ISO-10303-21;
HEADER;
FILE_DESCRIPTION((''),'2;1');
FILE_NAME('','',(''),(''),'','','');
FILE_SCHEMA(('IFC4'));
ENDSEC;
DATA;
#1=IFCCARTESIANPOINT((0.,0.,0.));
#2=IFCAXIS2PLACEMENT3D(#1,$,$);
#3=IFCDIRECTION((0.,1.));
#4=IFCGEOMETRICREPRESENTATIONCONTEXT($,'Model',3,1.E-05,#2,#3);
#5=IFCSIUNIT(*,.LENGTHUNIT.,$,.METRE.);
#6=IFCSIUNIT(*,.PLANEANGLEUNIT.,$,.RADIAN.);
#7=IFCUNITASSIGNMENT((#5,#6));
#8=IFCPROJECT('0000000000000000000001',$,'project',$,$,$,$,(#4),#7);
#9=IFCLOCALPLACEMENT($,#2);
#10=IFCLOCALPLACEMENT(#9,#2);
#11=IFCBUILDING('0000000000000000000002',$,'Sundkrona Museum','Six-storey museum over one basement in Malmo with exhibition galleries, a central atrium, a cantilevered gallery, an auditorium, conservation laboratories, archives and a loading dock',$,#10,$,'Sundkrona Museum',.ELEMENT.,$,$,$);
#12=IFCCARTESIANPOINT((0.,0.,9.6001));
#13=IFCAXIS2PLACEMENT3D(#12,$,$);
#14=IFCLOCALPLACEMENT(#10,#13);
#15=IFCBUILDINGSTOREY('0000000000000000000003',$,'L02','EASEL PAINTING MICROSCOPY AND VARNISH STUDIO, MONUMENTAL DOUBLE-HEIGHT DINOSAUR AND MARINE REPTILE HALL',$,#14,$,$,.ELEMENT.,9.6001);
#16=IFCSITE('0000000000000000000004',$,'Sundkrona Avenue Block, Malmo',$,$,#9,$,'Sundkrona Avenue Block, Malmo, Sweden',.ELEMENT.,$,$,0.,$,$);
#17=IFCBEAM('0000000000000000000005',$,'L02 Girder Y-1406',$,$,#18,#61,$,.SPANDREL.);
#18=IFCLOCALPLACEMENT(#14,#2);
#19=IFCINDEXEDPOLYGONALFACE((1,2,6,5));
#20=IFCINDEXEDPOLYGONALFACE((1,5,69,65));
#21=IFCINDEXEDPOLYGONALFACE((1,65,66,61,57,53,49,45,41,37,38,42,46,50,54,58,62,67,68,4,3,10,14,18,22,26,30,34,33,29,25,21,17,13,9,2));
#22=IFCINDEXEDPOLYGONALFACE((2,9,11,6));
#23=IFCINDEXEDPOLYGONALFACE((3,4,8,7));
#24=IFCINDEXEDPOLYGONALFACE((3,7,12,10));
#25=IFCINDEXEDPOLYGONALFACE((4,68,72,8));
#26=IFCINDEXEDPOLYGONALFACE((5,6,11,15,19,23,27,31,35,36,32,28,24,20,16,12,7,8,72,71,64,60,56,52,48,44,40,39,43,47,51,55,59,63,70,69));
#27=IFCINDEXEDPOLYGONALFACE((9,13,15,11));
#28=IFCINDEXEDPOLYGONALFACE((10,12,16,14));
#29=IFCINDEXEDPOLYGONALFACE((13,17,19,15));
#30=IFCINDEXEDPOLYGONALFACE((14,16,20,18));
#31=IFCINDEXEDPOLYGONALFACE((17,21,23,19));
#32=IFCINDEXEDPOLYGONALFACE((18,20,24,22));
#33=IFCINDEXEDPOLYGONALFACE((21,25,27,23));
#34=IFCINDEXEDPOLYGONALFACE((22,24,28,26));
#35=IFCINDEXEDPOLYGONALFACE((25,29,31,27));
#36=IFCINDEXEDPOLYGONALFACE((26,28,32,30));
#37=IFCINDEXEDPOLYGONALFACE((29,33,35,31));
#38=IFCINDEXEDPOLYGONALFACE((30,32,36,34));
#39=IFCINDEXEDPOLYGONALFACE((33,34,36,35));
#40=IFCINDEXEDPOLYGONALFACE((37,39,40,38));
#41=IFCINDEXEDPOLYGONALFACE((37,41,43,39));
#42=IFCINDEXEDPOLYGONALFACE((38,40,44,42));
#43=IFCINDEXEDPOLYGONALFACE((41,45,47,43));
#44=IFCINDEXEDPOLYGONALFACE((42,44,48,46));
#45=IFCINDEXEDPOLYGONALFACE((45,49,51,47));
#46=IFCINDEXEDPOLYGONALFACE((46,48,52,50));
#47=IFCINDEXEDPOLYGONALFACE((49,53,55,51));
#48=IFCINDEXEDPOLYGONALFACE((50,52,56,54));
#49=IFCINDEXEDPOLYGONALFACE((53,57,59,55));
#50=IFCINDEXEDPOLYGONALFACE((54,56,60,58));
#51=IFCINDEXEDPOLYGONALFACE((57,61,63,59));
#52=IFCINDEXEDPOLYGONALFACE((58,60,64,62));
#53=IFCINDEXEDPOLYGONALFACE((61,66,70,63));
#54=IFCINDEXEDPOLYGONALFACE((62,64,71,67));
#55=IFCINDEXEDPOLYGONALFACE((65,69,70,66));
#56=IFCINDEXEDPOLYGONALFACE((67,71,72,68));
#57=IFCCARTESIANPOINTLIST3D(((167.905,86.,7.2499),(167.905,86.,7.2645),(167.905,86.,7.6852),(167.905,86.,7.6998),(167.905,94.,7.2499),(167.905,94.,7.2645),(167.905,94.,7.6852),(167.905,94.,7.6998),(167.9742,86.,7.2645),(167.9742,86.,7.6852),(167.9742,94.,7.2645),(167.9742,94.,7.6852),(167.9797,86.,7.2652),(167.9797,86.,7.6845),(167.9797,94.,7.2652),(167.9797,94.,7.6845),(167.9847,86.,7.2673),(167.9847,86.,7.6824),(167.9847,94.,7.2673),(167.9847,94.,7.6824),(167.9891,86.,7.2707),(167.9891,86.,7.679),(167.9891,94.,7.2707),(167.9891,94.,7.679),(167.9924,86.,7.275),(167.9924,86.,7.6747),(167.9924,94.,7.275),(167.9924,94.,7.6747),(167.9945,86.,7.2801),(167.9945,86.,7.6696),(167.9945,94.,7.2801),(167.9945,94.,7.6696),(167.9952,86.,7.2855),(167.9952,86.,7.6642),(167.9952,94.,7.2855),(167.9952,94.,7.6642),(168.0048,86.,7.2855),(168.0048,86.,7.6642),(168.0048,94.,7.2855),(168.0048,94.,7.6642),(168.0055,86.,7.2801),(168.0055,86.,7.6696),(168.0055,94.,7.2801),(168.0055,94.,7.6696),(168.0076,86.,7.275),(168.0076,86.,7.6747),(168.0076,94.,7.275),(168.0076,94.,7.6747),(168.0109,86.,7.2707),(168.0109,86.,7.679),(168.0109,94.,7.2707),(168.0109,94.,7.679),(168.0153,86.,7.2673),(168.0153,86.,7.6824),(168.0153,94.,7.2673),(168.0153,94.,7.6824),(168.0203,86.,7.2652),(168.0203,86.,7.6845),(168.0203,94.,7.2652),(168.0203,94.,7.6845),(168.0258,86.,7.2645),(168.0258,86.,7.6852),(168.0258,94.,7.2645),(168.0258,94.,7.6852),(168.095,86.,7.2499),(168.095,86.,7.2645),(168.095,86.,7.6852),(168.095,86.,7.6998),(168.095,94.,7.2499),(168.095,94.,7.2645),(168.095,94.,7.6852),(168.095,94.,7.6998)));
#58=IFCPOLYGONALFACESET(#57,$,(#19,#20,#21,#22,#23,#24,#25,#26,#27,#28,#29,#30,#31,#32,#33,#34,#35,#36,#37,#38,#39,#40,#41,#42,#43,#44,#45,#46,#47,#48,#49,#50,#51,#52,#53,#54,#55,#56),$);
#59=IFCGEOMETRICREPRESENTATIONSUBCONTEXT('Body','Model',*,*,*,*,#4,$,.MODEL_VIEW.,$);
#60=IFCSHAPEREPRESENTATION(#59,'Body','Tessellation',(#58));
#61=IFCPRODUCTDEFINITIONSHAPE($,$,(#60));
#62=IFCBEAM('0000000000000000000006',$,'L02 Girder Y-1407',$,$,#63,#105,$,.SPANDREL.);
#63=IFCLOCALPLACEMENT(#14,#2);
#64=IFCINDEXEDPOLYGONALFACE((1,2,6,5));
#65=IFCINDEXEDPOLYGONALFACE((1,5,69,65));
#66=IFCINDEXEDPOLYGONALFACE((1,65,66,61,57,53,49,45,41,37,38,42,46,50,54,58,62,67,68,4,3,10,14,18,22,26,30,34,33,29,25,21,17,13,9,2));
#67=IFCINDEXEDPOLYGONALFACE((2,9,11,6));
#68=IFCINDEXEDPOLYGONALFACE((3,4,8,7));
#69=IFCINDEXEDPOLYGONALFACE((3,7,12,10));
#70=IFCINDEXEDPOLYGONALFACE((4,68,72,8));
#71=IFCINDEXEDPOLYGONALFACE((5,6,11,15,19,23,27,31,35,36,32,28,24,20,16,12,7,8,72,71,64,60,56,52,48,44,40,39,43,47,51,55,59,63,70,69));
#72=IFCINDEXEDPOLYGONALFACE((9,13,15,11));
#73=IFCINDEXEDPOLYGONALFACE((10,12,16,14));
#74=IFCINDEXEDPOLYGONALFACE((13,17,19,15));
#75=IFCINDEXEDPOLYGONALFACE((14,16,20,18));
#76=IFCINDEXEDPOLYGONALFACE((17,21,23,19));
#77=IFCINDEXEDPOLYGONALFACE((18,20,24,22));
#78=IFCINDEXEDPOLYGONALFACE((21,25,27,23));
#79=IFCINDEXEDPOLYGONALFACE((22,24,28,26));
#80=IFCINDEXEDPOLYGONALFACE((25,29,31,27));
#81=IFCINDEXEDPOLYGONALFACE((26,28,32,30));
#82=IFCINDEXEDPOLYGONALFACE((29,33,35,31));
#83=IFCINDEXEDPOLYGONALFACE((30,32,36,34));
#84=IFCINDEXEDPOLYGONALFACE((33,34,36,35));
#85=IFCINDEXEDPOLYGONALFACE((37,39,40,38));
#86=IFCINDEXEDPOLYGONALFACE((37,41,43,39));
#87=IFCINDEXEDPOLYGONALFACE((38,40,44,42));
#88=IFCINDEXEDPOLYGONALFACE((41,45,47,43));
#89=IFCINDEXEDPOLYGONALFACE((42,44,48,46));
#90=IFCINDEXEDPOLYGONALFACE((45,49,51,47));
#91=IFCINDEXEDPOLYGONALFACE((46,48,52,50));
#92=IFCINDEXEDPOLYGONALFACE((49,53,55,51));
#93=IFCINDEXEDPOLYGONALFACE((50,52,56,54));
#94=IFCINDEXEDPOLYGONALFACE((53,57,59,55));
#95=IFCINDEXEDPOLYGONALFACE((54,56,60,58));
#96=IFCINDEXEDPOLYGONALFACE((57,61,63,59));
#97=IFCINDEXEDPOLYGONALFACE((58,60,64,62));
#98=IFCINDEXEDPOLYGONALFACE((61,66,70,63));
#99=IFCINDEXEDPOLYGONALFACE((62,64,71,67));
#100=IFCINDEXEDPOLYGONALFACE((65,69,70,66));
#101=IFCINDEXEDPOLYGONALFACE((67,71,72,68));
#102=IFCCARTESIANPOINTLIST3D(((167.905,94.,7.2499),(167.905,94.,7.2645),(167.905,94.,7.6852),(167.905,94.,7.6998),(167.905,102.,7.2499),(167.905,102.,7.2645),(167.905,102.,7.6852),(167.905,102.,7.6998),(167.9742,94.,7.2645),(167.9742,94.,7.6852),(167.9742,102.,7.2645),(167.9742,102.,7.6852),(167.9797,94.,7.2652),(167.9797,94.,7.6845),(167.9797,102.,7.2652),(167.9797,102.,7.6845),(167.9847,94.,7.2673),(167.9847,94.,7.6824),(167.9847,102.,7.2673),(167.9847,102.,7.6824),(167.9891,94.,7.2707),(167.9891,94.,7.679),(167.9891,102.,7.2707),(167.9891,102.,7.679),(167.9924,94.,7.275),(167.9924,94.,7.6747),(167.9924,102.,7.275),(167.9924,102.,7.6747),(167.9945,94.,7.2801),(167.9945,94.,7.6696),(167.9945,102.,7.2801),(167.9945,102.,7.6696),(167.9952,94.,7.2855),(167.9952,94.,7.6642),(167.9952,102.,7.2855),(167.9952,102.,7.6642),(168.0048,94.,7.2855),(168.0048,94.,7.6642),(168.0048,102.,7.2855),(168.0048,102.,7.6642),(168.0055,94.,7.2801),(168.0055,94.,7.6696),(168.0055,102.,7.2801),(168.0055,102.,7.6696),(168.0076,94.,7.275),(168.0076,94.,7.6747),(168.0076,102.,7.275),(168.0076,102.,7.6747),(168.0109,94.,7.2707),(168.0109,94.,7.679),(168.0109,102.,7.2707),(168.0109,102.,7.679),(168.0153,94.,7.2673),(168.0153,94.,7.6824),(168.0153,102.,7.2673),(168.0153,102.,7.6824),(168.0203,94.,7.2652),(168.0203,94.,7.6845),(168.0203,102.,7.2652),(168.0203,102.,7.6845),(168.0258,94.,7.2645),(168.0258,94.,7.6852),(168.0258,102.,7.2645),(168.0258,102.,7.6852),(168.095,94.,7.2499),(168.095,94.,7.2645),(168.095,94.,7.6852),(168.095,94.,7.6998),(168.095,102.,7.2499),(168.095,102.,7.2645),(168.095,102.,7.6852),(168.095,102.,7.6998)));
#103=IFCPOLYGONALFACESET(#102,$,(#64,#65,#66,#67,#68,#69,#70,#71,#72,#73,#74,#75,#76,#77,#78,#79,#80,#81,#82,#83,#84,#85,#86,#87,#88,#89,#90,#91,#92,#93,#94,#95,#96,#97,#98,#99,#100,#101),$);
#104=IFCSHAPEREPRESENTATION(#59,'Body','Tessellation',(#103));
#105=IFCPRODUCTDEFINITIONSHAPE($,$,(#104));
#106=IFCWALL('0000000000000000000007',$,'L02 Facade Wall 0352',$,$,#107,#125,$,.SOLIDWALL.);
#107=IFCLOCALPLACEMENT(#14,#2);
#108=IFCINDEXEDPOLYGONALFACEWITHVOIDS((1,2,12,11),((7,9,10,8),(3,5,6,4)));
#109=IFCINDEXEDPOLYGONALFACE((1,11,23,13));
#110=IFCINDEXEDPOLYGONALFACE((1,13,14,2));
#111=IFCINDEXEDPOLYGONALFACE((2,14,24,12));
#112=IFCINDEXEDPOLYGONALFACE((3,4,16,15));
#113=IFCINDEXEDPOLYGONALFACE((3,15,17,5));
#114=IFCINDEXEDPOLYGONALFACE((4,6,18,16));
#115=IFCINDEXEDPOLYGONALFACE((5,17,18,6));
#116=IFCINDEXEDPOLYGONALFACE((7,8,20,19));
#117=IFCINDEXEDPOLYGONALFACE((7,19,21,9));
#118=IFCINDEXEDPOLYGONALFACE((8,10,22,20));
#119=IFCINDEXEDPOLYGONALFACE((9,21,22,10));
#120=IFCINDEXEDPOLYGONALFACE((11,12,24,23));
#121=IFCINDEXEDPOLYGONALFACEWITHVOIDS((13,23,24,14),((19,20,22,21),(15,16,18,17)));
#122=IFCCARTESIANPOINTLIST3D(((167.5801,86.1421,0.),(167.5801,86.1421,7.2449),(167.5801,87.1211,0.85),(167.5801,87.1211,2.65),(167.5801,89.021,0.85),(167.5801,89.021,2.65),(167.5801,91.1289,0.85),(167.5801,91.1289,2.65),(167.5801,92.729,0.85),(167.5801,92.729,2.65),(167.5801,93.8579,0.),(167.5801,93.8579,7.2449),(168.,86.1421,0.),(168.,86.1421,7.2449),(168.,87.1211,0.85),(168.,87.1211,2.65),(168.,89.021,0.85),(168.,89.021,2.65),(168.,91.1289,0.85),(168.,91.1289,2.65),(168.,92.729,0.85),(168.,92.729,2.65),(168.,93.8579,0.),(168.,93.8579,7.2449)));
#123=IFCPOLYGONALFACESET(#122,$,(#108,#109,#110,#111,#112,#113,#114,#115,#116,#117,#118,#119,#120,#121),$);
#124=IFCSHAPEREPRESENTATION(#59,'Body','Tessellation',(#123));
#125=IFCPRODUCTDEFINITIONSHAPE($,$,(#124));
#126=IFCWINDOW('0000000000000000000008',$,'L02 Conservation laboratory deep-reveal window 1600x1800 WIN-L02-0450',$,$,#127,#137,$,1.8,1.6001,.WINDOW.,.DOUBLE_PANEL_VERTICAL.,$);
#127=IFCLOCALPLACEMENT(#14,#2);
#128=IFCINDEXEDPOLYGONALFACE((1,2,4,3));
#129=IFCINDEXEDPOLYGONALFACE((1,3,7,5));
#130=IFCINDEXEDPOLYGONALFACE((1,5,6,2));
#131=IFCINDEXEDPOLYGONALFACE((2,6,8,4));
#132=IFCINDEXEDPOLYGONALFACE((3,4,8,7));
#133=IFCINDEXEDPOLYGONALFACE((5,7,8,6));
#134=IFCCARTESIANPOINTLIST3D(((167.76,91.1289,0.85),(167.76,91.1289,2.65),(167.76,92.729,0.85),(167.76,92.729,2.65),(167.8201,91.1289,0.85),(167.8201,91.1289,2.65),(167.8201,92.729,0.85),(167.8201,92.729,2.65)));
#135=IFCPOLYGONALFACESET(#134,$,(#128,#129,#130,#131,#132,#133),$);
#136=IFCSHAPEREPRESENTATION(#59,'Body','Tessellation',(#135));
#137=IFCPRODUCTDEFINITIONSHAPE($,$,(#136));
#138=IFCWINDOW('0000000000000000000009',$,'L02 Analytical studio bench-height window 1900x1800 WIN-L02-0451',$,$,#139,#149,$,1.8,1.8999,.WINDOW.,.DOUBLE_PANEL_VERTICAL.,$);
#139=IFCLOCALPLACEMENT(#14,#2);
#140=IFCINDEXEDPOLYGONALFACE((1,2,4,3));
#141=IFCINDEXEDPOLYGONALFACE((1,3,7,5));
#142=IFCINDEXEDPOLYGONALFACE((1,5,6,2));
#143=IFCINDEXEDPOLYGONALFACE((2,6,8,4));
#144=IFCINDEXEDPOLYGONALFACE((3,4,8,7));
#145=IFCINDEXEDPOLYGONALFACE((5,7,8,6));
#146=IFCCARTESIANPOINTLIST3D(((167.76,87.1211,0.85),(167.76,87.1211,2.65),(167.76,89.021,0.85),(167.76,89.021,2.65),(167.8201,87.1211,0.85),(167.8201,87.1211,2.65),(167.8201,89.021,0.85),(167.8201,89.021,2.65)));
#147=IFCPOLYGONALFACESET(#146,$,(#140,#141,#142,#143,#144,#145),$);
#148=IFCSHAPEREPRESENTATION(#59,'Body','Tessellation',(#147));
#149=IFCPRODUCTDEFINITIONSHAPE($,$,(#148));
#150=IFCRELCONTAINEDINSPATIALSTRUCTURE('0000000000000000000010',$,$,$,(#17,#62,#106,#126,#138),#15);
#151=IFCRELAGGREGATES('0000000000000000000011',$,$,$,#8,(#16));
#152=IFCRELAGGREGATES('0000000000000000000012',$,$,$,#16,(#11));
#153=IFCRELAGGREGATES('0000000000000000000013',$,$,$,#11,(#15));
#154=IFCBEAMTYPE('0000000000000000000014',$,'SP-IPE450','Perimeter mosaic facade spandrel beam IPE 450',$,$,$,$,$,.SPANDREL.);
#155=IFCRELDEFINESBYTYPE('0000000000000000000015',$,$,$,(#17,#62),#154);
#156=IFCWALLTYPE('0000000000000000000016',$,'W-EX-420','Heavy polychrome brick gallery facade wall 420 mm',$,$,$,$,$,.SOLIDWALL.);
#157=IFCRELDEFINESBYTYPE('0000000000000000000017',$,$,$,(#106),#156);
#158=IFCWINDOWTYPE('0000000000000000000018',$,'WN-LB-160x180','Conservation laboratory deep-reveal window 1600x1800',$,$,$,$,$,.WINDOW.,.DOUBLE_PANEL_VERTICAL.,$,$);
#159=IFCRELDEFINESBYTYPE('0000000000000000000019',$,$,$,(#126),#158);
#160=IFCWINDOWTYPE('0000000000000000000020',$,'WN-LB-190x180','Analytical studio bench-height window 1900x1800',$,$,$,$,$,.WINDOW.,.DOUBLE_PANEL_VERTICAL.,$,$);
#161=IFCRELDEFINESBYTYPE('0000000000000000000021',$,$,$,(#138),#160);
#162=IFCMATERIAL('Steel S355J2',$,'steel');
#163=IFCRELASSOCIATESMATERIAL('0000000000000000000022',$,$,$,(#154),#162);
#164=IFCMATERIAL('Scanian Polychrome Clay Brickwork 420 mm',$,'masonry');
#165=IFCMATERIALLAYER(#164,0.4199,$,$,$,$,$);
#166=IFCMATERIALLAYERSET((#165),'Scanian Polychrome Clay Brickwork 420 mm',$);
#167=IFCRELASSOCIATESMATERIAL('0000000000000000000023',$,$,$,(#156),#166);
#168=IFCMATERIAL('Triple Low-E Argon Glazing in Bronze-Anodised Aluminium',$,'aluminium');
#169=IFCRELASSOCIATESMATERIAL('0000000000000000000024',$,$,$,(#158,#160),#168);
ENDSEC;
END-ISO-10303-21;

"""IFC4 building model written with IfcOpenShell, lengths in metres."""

from ifc_helpers import new_model, si_unit, direction, frame, frame_2d, origin, origin_2d, place, context, subcontext, project, spatial, rectangle, i_section, extrude, material, layer, layer_set, material_profile, profile_set, type_object, element, fill, save


model = new_model("IFC4")

# Units and contexts
model_context = context("Model", 3, precision=1e-05, world=origin(), true_north=direction((0.0, 1.0)))
body_context = subcontext(model_context, "Body", "Model", "MODEL_VIEW")
ifc_project = project(units=[si_unit("LENGTHUNIT", "METRE"), si_unit("PLANEANGLEUNIT", "RADIAN")], contexts=[model_context])

# Site, building, storey
site_placement = place(None, origin())
site = spatial("IfcSite", under=ifc_project, at=site_placement, Name="Sundkrona Avenue Block, Malmo", LongName="Sundkrona Avenue Block, Malmo, Sweden", CompositionType="ELEMENT", RefElevation=0.0)
building_placement = place(site_placement, origin())
building = spatial("IfcBuilding", under=site, at=building_placement, Name="Sundkrona Museum", Description="Six-storey museum over one basement in Malmo with exhibition galleries, a central atrium, a cantilevered gallery, an auditorium, conservation laboratories, archives and a loading dock", LongName="Sundkrona Museum", CompositionType="ELEMENT")
storey_placement = place(building_placement, frame((0.0, 0.0, 9.6001)))
storey = spatial("IfcBuildingStorey", under=building, at=storey_placement, Name="L02", Description="EASEL PAINTING MICROSCOPY AND VARNISH STUDIO, MONUMENTAL DOUBLE-HEIGHT DINOSAUR AND MARINE REPTILE HALL", CompositionType="ELEMENT", Elevation=9.6001)

# Shared definitions
ifc_material_1 = material(Name="Steel S355J2", Category="steel")

# Beams
ifc_material_profile_1 = material_profile(ifc_material_1, i_section(OverallWidth=0.1899, OverallDepth=0.45, WebThickness=0.0095, FlangeThickness=0.0146, FilletRadius=0.021, at=origin_2d()), Name="IPE 450")
ifc_profile_set_1 = profile_set([ifc_material_profile_1], Name="Steel S355J2")
beam_type_1 = type_object("IfcBeamType", Name="SP-IPE450", Description="Perimeter mosaic facade spandrel beam IPE 450", PredefinedType="SPANDREL", material=ifc_profile_set_1)
for number, where, z_axis, x_axis, name in (
    (1, (168.0, 86.0, 7.4749), (0.0, 1.0, 0.0), (-1.0, 0.0, 0.0), "L02 Girder Y-1406"),
    (2, (168.0, 94.0, 7.4749), (0.0, 1.0, 0.0), (-1.0, 0.0, 0.0), "L02 Girder Y-1407"),
):
    element("IfcBeam", number, at=place(storey_placement, frame(where, z_axis=z_axis, x_axis=x_axis)), inside=storey, type_object=beam_type_1, Name=name, PredefinedType="SPANDREL", context=body_context, shape_type="SweptSolid", body=[
        extrude(i_section(OverallWidth=0.1899, OverallDepth=0.45, WebThickness=0.0095, FlangeThickness=0.0146, FilletRadius=0.021, at=origin_2d()), origin(), (0.0, 0.0, 1.0), 8.0),
    ])

# Wall, openings, windows
ifc_material_2 = material(Name="Scanian Polychrome Clay Brickwork 420 mm", Category="masonry")
ifc_layer = layer(ifc_material_2, 0.4199)
ifc_layer_set = layer_set([ifc_layer], Name="Scanian Polychrome Clay Brickwork 420 mm")
wall_type = type_object("IfcWallType", Name="W-EX-420", Description="Heavy polychrome brick gallery facade wall 420 mm", PredefinedType="SOLIDWALL", material=ifc_layer_set)
wall_1_placement = place(storey_placement, frame((167.79, 93.8579, 0.0), z_axis=(0.0, 0.0, 1.0), x_axis=(0.0, -1.0, 0.0)))
wall_1 = element("IfcWall", 3, at=wall_1_placement, inside=storey, type_object=wall_type, Name="L02 Facade Wall 0352", PredefinedType="SOLIDWALL", context=body_context, shape_type="SweptSolid", body=[
    extrude(rectangle(XDim=7.7158, YDim=0.4199, at=frame_2d((3.8579, 0.0))), origin(), (0.0, 0.0, 1.0), 7.2449),
])
opening_1_placement = place(wall_1_placement, frame((1.1289, 0.0, 0.8501)))
opening_1 = element("IfcOpeningElement", 4, at=opening_1_placement, cuts=wall_1, PredefinedType="OPENING", context=body_context, shape_type="SweptSolid", body=[
    extrude(rectangle(XDim=1.6001, YDim=1.8, at=frame_2d((0.8, 0.8999))), frame((0.0, 0.22, 0.0), z_axis=(0.0, -1.0, 0.0), x_axis=(1.0, 0.0, 0.0)), (0.0, 0.0, 1.0), 0.4399),
])
opening_2_placement = place(wall_1_placement, frame((4.8369, 0.0, 0.8501)))
opening_2 = element("IfcOpeningElement", 5, at=opening_2_placement, cuts=wall_1, PredefinedType="OPENING", context=body_context, shape_type="SweptSolid", body=[
    extrude(rectangle(XDim=1.8999, YDim=1.8, at=frame_2d((0.95, 0.8999))), frame((0.0, 0.22, 0.0), z_axis=(0.0, -1.0, 0.0), x_axis=(1.0, 0.0, 0.0)), (0.0, 0.0, 1.0), 0.4399),
])
ifc_material_3 = material(Name="Triple Low-E Argon Glazing in Bronze-Anodised Aluminium", Category="aluminium")
window_type_1 = type_object("IfcWindowType", Name="WN-LB-160x180", Description="Conservation laboratory deep-reveal window 1600x1800", PartitioningType="DOUBLE_PANEL_VERTICAL", PredefinedType="WINDOW", material=ifc_material_3)
window_1_placement = place(opening_1_placement, origin())
window_1 = element("IfcWindow", 6, at=window_1_placement, inside=storey, type_object=window_type_1, Name="L02 Conservation laboratory deep-reveal window 1600x1800 WIN-L02-0450", OverallHeight=1.8, OverallWidth=1.6001, PartitioningType="DOUBLE_PANEL_VERTICAL", PredefinedType="WINDOW", context=body_context, shape_type="SweptSolid", body=[
    extrude(rectangle(XDim=1.6001, YDim=1.8, at=frame_2d((0.8, 0.8999))), frame((0.0, 0.03, 0.0), z_axis=(0.0, -1.0, 0.0), x_axis=(1.0, 0.0, 0.0)), (0.0, 0.0, 1.0), 0.0601),
])
fill(opening_1, window_1)
window_type_2 = type_object("IfcWindowType", Name="WN-LB-190x180", Description="Analytical studio bench-height window 1900x1800", PartitioningType="DOUBLE_PANEL_VERTICAL", PredefinedType="WINDOW", material=ifc_material_3)
window_2_placement = place(opening_2_placement, origin())
window_2 = element("IfcWindow", 7, at=window_2_placement, inside=storey, type_object=window_type_2, Name="L02 Analytical studio bench-height window 1900x1800 WIN-L02-0451", OverallHeight=1.8, OverallWidth=1.8999, PartitioningType="DOUBLE_PANEL_VERTICAL", PredefinedType="WINDOW", context=body_context, shape_type="SweptSolid", body=[
    extrude(rectangle(XDim=1.8999, YDim=1.8, at=frame_2d((0.95, 0.8999))), frame((0.0, 0.03, 0.0), z_axis=(0.0, -1.0, 0.0), x_axis=(1.0, 0.0, 0.0)), (0.0, 0.0, 1.0), 0.0601),
])
fill(opening_2, window_2)

save(model, "model.ifc")
